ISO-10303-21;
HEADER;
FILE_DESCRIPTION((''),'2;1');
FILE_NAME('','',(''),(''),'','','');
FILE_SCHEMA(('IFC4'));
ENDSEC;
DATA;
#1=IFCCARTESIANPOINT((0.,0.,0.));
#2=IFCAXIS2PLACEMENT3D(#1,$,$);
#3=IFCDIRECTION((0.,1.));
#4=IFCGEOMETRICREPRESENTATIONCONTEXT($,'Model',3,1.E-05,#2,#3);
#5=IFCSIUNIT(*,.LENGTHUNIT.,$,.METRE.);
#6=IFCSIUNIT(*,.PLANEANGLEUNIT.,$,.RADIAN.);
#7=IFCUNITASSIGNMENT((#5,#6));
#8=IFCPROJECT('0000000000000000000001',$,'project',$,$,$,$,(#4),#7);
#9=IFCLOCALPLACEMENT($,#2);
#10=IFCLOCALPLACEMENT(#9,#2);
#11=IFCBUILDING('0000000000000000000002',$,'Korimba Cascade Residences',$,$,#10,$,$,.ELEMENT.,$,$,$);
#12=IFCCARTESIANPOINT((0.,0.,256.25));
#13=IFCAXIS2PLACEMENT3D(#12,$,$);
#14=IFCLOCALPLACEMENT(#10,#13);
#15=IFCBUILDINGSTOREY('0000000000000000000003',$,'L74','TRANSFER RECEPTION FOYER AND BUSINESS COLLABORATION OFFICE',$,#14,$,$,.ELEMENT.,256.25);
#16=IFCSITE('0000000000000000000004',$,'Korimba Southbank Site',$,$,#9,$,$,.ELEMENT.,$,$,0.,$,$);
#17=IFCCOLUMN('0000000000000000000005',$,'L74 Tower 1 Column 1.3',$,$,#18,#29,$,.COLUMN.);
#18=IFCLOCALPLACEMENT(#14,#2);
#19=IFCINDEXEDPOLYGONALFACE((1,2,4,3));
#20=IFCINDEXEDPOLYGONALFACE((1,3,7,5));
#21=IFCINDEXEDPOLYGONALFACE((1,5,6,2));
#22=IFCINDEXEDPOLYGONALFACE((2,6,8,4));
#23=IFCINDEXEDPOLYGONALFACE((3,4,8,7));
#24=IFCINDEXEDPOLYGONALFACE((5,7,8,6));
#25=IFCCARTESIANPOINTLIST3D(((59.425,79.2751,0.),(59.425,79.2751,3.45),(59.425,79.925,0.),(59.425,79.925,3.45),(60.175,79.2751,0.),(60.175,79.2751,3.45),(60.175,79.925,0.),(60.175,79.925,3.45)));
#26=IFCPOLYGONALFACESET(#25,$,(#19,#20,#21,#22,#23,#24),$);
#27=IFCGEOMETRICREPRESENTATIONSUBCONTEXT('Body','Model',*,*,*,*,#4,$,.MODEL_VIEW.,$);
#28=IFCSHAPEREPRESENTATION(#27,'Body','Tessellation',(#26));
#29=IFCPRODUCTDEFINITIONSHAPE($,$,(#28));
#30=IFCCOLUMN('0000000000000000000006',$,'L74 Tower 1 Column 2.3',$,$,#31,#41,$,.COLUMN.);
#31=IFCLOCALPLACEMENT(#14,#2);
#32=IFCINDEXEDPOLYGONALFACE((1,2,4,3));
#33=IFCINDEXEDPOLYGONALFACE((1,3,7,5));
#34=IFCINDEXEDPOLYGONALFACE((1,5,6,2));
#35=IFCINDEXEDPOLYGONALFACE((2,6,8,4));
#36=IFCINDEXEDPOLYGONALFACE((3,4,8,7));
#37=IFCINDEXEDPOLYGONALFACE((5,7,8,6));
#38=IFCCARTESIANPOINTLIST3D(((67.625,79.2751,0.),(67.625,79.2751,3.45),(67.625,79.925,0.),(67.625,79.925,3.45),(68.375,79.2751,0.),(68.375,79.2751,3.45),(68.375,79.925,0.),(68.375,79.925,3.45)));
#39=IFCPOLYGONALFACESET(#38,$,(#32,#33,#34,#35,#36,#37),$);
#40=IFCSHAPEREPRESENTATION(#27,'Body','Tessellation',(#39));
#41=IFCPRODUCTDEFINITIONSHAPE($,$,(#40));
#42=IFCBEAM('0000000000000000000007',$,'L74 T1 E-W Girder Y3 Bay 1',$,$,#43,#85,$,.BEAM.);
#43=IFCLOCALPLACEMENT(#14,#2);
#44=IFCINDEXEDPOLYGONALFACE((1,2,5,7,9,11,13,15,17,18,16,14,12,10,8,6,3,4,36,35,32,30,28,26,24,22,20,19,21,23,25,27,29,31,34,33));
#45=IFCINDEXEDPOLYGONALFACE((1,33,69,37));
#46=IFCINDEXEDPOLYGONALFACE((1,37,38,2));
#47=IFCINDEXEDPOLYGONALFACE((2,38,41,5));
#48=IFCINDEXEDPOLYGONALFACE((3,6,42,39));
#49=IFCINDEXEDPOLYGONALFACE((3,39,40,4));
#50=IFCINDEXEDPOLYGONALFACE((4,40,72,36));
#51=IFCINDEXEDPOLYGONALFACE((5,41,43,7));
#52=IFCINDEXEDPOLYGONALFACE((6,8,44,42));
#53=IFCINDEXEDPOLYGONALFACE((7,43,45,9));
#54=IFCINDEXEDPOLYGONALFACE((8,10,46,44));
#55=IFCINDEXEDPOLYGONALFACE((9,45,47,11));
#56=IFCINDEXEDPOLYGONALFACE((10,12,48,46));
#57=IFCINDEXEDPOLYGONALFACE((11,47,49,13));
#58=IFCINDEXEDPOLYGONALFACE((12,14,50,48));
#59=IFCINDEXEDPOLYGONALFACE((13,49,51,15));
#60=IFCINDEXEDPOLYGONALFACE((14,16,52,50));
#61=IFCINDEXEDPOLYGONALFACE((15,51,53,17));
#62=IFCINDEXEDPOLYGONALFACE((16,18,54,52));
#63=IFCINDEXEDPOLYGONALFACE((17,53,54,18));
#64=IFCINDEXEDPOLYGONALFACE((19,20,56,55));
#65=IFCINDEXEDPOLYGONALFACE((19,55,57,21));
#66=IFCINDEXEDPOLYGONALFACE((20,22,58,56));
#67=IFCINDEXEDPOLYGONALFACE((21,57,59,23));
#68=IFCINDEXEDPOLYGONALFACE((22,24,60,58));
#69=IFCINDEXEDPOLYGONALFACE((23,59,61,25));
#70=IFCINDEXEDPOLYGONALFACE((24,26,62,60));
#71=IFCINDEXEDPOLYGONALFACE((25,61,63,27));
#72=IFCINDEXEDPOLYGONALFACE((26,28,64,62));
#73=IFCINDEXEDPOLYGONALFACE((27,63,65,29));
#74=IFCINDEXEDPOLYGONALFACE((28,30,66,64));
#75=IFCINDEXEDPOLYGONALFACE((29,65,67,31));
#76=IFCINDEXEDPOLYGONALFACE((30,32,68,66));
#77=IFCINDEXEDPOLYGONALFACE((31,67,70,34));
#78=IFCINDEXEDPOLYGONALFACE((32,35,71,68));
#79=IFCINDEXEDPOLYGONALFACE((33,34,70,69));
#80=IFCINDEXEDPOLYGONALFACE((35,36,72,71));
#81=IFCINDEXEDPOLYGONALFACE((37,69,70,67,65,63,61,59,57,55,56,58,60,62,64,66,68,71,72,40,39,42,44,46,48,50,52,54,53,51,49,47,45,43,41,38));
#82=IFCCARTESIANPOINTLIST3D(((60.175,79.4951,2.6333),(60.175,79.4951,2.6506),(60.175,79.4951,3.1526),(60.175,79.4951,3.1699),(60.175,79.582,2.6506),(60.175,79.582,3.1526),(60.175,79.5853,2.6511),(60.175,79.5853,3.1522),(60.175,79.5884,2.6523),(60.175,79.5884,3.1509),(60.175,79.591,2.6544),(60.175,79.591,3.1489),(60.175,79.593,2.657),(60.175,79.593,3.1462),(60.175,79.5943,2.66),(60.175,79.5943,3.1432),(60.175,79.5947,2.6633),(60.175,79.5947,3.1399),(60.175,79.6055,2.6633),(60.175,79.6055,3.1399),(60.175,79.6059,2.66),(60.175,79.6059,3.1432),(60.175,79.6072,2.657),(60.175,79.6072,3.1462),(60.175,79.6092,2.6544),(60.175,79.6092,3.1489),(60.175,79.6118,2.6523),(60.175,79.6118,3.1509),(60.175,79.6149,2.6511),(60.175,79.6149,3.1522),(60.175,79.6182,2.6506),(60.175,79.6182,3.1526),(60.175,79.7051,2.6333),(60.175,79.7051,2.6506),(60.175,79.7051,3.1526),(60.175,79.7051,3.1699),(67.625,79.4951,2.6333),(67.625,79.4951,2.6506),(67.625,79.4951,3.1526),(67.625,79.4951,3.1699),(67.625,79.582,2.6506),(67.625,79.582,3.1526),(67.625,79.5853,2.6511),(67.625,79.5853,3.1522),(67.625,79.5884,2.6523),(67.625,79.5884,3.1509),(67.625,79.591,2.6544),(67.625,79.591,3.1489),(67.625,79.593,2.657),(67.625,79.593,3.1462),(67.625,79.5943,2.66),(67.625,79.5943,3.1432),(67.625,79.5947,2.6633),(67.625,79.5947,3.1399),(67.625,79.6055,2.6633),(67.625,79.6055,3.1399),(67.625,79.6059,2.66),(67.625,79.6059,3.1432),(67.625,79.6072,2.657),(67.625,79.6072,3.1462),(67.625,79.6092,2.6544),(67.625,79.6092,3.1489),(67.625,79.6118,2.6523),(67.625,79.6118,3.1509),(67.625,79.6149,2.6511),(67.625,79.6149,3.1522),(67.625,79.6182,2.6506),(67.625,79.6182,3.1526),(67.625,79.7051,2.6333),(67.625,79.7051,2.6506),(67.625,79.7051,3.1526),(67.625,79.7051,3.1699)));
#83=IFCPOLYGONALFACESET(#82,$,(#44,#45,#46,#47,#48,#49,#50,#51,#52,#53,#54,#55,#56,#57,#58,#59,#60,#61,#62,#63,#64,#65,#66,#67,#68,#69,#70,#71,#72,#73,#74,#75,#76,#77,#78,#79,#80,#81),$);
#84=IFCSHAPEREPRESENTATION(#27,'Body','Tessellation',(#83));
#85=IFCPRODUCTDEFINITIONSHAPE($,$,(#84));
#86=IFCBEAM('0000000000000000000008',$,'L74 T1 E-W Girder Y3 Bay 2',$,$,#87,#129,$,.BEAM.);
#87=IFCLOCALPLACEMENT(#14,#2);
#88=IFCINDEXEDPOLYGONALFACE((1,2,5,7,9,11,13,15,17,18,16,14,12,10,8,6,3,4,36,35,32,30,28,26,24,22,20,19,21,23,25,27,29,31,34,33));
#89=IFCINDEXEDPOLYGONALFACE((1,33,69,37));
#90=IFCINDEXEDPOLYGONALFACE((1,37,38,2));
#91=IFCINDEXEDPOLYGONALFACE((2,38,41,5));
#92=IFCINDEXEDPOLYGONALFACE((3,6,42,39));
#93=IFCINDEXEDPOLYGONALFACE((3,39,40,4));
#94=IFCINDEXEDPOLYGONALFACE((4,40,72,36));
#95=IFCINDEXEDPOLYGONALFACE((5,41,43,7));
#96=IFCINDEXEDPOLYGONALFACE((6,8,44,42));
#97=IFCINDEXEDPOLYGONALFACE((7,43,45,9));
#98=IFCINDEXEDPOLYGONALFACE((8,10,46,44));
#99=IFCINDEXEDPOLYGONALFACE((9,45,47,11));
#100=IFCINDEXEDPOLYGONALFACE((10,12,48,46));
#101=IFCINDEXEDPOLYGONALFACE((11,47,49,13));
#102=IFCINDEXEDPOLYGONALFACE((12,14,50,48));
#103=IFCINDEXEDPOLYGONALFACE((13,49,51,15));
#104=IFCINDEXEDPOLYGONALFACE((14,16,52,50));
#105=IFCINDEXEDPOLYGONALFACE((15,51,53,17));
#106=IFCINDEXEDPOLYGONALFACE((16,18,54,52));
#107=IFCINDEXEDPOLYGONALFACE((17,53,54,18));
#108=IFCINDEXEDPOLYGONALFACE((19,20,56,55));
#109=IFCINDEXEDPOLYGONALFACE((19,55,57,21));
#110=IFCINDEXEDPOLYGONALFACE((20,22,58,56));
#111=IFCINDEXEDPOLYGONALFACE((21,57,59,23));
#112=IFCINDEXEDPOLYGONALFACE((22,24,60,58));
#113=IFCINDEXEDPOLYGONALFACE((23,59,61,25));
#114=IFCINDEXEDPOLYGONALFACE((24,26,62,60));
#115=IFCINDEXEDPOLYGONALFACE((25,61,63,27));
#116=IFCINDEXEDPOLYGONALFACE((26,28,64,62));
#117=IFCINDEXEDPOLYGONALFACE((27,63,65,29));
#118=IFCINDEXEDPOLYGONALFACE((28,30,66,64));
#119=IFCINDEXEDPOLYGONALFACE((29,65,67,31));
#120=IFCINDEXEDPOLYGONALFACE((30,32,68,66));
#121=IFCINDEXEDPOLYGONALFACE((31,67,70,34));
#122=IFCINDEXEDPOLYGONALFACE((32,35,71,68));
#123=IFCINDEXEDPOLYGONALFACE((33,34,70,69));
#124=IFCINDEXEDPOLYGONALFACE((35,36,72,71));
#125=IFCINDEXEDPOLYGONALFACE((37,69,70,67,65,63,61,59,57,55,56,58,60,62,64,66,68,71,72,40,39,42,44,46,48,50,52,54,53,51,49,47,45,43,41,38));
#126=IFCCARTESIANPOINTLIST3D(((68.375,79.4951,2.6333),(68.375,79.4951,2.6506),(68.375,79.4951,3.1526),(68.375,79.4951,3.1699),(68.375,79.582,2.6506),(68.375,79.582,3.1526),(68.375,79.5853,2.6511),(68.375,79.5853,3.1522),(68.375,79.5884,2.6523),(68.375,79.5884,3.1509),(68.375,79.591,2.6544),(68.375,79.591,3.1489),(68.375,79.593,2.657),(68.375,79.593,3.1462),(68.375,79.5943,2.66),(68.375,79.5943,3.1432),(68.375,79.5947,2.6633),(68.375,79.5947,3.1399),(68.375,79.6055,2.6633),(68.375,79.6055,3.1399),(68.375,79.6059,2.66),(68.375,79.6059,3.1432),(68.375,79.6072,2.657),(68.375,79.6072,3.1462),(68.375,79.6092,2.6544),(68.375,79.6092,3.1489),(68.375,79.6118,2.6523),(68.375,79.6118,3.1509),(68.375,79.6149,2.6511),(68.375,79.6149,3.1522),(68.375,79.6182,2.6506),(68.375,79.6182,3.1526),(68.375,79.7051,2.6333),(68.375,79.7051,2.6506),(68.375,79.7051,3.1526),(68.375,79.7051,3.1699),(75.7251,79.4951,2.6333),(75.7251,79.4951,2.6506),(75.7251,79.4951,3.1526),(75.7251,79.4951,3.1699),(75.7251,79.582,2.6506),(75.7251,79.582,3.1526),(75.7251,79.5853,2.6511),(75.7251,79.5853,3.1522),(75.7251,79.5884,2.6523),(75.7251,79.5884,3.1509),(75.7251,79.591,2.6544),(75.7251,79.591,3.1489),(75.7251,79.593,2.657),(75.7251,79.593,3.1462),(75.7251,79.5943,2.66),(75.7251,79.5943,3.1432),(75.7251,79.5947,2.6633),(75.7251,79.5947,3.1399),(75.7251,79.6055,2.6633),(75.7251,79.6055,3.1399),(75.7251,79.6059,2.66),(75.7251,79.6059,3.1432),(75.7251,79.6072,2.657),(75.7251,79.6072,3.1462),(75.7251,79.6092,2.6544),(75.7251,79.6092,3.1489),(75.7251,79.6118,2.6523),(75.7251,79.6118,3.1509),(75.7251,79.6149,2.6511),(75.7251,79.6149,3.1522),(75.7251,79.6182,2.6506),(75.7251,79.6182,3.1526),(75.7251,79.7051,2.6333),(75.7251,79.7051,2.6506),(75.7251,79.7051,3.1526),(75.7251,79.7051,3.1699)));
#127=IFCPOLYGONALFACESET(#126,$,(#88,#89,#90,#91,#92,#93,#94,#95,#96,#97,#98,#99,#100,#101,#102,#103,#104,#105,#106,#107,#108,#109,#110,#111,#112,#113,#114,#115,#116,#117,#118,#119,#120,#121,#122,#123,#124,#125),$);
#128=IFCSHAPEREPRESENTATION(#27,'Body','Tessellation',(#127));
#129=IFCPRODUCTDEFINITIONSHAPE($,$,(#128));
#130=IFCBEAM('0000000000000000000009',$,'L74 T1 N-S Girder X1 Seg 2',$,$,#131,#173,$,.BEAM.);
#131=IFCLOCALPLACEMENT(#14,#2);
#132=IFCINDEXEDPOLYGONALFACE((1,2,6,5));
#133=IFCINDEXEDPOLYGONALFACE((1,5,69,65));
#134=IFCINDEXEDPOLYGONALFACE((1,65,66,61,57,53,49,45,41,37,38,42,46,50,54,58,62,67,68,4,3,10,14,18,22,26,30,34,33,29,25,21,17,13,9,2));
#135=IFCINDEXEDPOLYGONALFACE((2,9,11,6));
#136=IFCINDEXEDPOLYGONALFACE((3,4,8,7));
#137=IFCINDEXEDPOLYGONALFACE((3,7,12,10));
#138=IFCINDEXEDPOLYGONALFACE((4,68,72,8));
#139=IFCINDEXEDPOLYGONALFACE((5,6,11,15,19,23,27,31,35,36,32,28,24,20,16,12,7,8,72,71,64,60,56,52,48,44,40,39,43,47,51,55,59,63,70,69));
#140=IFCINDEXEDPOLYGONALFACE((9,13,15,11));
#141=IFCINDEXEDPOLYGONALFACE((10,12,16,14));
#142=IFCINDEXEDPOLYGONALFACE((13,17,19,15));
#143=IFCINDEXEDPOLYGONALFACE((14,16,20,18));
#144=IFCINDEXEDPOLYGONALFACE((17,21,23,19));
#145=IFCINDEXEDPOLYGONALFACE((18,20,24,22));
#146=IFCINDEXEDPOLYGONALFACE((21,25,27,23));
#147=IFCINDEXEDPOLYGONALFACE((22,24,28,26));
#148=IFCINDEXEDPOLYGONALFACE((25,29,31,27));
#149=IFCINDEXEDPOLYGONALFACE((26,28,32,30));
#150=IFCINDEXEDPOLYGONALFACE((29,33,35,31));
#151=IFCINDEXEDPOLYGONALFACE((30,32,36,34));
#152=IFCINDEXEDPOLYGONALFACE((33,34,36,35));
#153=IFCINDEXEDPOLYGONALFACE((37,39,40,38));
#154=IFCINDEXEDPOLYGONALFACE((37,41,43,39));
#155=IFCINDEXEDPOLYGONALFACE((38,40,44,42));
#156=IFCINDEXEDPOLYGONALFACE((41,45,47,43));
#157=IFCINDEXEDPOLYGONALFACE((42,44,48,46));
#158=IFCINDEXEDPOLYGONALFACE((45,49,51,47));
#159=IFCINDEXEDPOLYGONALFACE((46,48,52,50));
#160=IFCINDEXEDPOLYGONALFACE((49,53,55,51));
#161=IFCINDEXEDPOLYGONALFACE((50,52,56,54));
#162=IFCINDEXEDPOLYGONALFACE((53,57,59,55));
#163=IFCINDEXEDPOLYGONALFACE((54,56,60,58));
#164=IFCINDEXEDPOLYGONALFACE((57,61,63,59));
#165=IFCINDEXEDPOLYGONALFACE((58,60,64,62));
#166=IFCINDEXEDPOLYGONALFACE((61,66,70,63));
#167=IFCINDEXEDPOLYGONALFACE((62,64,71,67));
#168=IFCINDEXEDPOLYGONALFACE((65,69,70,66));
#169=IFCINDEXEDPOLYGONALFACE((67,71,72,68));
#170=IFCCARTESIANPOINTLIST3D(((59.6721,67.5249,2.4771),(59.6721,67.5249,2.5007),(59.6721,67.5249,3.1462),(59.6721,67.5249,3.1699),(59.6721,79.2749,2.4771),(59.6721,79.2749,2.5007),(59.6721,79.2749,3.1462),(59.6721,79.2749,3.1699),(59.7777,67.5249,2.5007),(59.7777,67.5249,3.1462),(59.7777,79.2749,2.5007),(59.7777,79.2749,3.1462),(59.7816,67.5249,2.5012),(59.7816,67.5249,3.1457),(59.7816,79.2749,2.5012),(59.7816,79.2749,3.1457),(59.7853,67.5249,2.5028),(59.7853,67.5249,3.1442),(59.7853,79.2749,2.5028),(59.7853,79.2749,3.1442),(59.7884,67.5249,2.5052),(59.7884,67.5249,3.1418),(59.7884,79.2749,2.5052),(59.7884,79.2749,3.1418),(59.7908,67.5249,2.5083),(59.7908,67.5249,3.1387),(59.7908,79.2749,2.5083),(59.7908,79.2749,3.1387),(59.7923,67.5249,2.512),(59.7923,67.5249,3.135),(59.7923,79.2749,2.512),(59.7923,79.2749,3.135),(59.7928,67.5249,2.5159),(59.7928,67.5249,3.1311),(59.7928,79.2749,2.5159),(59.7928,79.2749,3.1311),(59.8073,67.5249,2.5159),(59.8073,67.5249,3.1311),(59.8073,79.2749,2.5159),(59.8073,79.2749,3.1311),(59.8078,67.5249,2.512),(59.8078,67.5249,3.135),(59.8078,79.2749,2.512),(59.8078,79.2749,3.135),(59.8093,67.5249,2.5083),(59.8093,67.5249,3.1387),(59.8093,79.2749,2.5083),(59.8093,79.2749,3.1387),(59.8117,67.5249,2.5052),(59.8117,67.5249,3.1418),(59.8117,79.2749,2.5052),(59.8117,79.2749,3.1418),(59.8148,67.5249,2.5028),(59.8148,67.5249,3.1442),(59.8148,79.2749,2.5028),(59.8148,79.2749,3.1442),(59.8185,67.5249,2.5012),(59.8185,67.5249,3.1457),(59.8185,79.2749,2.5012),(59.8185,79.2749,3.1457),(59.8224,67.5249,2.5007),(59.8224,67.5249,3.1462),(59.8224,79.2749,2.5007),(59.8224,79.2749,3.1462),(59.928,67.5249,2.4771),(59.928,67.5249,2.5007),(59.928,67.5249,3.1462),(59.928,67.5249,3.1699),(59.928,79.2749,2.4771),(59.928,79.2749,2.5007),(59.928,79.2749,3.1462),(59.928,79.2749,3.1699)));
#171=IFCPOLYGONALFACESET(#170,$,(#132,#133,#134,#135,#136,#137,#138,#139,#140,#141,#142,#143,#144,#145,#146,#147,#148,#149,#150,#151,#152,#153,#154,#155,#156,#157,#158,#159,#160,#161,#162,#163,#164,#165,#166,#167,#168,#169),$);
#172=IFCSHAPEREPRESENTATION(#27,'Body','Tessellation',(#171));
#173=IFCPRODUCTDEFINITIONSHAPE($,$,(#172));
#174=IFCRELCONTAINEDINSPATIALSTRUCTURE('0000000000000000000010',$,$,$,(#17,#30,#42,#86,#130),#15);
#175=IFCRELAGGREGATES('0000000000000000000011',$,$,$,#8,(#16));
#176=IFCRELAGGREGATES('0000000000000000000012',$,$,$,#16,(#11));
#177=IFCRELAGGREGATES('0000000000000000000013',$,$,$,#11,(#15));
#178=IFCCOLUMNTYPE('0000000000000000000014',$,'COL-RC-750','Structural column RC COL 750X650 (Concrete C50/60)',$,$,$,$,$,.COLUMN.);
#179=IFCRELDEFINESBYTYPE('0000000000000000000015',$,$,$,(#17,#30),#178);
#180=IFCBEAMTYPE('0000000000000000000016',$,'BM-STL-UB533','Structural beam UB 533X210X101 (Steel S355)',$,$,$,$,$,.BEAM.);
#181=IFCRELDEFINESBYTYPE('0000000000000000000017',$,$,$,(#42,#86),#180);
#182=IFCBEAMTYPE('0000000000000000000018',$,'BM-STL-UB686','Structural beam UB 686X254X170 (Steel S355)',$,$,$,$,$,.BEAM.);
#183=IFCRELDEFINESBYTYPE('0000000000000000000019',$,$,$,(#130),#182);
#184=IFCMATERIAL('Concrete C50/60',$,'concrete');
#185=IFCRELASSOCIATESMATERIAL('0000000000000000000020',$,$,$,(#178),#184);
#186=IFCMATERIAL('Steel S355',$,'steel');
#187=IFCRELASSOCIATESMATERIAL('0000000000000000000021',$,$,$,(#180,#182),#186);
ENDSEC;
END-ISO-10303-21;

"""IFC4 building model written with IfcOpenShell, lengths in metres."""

from ifc_helpers import new_model, si_unit, direction, frame, origin, origin_2d, place, context, subcontext, project, spatial, rectangle, i_section, extrude, material, material_profile, profile_set, type_object, element, save


model = new_model("IFC4")

# Units and contexts
model_context = context("Model", 3, precision=1e-05, world=origin(), true_north=direction((0.0, 1.0)))
body_context = subcontext(model_context, "Body", "Model", "MODEL_VIEW")
ifc_project = project(units=[si_unit("LENGTHUNIT", "METRE"), si_unit("PLANEANGLEUNIT", "RADIAN")], contexts=[model_context])

# Site, building, storey
site_placement = place(None, origin())
site = spatial("IfcSite", under=ifc_project, at=site_placement, Name="Korimba Southbank Site", CompositionType="ELEMENT", RefElevation=0.0)
building_placement = place(site_placement, origin())
building = spatial("IfcBuilding", under=site, at=building_placement, Name="Korimba Cascade Residences", CompositionType="ELEMENT")
storey_placement = place(building_placement, frame((0.0, 0.0, 256.25)))
storey = spatial("IfcBuildingStorey", under=building, at=storey_placement, Name="L74", Description="TRANSFER RECEPTION FOYER AND BUSINESS COLLABORATION OFFICE", CompositionType="ELEMENT", Elevation=256.25)

# Columns
ifc_material_1 = material(Name="Concrete C50/60", Category="concrete")
ifc_material_profile_1 = material_profile(ifc_material_1, rectangle(XDim=0.75, YDim=0.6499, at=origin_2d()), Name="Concrete C50/60")
ifc_profile_set_1 = profile_set([ifc_material_profile_1], Name="Concrete C50/60")
column_type = type_object("IfcColumnType", Name="COL-RC-750", Description="Structural column RC COL 750X650 (Concrete C50/60)", PredefinedType="COLUMN", material=ifc_profile_set_1)
for number, where, z_axis, x_axis, name in (
    (1, (59.8, 79.6001, 0.0), (0.0, 0.0, 1.0), (1.0, 0.0, 0.0), "L74 Tower 1 Column 1.3"),
    (2, (68.0, 79.6001, 0.0), (0.0, 0.0, 1.0), (1.0, 0.0, 0.0), "L74 Tower 1 Column 2.3"),
):
    element("IfcColumn", number, at=place(storey_placement, frame(where, z_axis=z_axis, x_axis=x_axis)), inside=storey, type_object=column_type, Name=name, PredefinedType="COLUMN", context=body_context, shape_type="SweptSolid", body=[
        extrude(rectangle(XDim=0.75, YDim=0.6499, at=origin_2d()), origin(), (0.0, 0.0, 1.0), 3.45),
    ])

# Beams
ifc_material_2 = material(Name="Steel S355", Category="steel")
ifc_material_profile_2 = material_profile(ifc_material_2, i_section(OverallWidth=0.21, OverallDepth=0.5366, WebThickness=0.0107, FlangeThickness=0.0173, FilletRadius=0.0127, at=origin_2d()), Name="Steel S355")
ifc_profile_set_2 = profile_set([ifc_material_profile_2], Name="Steel S355")
beam_type_1 = type_object("IfcBeamType", Name="BM-STL-UB533", Description="Structural beam UB 533X210X101 (Steel S355)", PredefinedType="BEAM", material=ifc_profile_set_2)
beam_1_placement = place(storey_placement, frame((60.175, 79.6001, 2.9016), z_axis=(1.0, 0.0, 0.0), x_axis=(0.0, 1.0, 0.0)))
element("IfcBeam", 3, at=beam_1_placement, inside=storey, type_object=beam_type_1, Name="L74 T1 E-W Girder Y3 Bay 1", PredefinedType="BEAM", context=body_context, shape_type="SweptSolid", body=[
    extrude(i_section(OverallWidth=0.21, OverallDepth=0.5366, WebThickness=0.0107, FlangeThickness=0.0173, FilletRadius=0.0127, at=origin_2d()), origin(), (0.0, 0.0, 1.0), 7.45),
])
beam_2_placement = place(storey_placement, frame((68.375, 79.6001, 2.9016), z_axis=(1.0, 0.0, 0.0), x_axis=(0.0, 1.0, 0.0)))
element("IfcBeam", 4, at=beam_2_placement, inside=storey, type_object=beam_type_1, Name="L74 T1 E-W Girder Y3 Bay 2", PredefinedType="BEAM", context=body_context, shape_type="SweptSolid", body=[
    extrude(i_section(OverallWidth=0.21, OverallDepth=0.5366, WebThickness=0.0107, FlangeThickness=0.0173, FilletRadius=0.0127, at=origin_2d()), origin(), (0.0, 0.0, 1.0), 7.3501),
])
ifc_material_profile_3 = material_profile(ifc_material_2, i_section(OverallWidth=0.2559, OverallDepth=0.6929, WebThickness=0.0144, FlangeThickness=0.0237, FilletRadius=0.0151, at=origin_2d()), Name="Steel S355")
ifc_profile_set_3 = profile_set([ifc_material_profile_3], Name="Steel S355")
beam_type_2 = type_object("IfcBeamType", Name="BM-STL-UB686", Description="Structural beam UB 686X254X170 (Steel S355)", PredefinedType="BEAM", material=ifc_profile_set_3)
beam_3_placement = place(storey_placement, frame((59.8, 67.5249, 2.8235), z_axis=(0.0, 1.0, 0.0), x_axis=(-1.0, 0.0, 0.0)))
element("IfcBeam", 5, at=beam_3_placement, inside=storey, type_object=beam_type_2, Name="L74 T1 N-S Girder X1 Seg 2", PredefinedType="BEAM", context=body_context, shape_type="SweptSolid", body=[
    extrude(i_section(OverallWidth=0.2559, OverallDepth=0.6929, WebThickness=0.0144, FlangeThickness=0.0237, FilletRadius=0.0151, at=origin_2d()), origin(), (0.0, 0.0, 1.0), 11.75),
])

save(model, "model.ifc")
